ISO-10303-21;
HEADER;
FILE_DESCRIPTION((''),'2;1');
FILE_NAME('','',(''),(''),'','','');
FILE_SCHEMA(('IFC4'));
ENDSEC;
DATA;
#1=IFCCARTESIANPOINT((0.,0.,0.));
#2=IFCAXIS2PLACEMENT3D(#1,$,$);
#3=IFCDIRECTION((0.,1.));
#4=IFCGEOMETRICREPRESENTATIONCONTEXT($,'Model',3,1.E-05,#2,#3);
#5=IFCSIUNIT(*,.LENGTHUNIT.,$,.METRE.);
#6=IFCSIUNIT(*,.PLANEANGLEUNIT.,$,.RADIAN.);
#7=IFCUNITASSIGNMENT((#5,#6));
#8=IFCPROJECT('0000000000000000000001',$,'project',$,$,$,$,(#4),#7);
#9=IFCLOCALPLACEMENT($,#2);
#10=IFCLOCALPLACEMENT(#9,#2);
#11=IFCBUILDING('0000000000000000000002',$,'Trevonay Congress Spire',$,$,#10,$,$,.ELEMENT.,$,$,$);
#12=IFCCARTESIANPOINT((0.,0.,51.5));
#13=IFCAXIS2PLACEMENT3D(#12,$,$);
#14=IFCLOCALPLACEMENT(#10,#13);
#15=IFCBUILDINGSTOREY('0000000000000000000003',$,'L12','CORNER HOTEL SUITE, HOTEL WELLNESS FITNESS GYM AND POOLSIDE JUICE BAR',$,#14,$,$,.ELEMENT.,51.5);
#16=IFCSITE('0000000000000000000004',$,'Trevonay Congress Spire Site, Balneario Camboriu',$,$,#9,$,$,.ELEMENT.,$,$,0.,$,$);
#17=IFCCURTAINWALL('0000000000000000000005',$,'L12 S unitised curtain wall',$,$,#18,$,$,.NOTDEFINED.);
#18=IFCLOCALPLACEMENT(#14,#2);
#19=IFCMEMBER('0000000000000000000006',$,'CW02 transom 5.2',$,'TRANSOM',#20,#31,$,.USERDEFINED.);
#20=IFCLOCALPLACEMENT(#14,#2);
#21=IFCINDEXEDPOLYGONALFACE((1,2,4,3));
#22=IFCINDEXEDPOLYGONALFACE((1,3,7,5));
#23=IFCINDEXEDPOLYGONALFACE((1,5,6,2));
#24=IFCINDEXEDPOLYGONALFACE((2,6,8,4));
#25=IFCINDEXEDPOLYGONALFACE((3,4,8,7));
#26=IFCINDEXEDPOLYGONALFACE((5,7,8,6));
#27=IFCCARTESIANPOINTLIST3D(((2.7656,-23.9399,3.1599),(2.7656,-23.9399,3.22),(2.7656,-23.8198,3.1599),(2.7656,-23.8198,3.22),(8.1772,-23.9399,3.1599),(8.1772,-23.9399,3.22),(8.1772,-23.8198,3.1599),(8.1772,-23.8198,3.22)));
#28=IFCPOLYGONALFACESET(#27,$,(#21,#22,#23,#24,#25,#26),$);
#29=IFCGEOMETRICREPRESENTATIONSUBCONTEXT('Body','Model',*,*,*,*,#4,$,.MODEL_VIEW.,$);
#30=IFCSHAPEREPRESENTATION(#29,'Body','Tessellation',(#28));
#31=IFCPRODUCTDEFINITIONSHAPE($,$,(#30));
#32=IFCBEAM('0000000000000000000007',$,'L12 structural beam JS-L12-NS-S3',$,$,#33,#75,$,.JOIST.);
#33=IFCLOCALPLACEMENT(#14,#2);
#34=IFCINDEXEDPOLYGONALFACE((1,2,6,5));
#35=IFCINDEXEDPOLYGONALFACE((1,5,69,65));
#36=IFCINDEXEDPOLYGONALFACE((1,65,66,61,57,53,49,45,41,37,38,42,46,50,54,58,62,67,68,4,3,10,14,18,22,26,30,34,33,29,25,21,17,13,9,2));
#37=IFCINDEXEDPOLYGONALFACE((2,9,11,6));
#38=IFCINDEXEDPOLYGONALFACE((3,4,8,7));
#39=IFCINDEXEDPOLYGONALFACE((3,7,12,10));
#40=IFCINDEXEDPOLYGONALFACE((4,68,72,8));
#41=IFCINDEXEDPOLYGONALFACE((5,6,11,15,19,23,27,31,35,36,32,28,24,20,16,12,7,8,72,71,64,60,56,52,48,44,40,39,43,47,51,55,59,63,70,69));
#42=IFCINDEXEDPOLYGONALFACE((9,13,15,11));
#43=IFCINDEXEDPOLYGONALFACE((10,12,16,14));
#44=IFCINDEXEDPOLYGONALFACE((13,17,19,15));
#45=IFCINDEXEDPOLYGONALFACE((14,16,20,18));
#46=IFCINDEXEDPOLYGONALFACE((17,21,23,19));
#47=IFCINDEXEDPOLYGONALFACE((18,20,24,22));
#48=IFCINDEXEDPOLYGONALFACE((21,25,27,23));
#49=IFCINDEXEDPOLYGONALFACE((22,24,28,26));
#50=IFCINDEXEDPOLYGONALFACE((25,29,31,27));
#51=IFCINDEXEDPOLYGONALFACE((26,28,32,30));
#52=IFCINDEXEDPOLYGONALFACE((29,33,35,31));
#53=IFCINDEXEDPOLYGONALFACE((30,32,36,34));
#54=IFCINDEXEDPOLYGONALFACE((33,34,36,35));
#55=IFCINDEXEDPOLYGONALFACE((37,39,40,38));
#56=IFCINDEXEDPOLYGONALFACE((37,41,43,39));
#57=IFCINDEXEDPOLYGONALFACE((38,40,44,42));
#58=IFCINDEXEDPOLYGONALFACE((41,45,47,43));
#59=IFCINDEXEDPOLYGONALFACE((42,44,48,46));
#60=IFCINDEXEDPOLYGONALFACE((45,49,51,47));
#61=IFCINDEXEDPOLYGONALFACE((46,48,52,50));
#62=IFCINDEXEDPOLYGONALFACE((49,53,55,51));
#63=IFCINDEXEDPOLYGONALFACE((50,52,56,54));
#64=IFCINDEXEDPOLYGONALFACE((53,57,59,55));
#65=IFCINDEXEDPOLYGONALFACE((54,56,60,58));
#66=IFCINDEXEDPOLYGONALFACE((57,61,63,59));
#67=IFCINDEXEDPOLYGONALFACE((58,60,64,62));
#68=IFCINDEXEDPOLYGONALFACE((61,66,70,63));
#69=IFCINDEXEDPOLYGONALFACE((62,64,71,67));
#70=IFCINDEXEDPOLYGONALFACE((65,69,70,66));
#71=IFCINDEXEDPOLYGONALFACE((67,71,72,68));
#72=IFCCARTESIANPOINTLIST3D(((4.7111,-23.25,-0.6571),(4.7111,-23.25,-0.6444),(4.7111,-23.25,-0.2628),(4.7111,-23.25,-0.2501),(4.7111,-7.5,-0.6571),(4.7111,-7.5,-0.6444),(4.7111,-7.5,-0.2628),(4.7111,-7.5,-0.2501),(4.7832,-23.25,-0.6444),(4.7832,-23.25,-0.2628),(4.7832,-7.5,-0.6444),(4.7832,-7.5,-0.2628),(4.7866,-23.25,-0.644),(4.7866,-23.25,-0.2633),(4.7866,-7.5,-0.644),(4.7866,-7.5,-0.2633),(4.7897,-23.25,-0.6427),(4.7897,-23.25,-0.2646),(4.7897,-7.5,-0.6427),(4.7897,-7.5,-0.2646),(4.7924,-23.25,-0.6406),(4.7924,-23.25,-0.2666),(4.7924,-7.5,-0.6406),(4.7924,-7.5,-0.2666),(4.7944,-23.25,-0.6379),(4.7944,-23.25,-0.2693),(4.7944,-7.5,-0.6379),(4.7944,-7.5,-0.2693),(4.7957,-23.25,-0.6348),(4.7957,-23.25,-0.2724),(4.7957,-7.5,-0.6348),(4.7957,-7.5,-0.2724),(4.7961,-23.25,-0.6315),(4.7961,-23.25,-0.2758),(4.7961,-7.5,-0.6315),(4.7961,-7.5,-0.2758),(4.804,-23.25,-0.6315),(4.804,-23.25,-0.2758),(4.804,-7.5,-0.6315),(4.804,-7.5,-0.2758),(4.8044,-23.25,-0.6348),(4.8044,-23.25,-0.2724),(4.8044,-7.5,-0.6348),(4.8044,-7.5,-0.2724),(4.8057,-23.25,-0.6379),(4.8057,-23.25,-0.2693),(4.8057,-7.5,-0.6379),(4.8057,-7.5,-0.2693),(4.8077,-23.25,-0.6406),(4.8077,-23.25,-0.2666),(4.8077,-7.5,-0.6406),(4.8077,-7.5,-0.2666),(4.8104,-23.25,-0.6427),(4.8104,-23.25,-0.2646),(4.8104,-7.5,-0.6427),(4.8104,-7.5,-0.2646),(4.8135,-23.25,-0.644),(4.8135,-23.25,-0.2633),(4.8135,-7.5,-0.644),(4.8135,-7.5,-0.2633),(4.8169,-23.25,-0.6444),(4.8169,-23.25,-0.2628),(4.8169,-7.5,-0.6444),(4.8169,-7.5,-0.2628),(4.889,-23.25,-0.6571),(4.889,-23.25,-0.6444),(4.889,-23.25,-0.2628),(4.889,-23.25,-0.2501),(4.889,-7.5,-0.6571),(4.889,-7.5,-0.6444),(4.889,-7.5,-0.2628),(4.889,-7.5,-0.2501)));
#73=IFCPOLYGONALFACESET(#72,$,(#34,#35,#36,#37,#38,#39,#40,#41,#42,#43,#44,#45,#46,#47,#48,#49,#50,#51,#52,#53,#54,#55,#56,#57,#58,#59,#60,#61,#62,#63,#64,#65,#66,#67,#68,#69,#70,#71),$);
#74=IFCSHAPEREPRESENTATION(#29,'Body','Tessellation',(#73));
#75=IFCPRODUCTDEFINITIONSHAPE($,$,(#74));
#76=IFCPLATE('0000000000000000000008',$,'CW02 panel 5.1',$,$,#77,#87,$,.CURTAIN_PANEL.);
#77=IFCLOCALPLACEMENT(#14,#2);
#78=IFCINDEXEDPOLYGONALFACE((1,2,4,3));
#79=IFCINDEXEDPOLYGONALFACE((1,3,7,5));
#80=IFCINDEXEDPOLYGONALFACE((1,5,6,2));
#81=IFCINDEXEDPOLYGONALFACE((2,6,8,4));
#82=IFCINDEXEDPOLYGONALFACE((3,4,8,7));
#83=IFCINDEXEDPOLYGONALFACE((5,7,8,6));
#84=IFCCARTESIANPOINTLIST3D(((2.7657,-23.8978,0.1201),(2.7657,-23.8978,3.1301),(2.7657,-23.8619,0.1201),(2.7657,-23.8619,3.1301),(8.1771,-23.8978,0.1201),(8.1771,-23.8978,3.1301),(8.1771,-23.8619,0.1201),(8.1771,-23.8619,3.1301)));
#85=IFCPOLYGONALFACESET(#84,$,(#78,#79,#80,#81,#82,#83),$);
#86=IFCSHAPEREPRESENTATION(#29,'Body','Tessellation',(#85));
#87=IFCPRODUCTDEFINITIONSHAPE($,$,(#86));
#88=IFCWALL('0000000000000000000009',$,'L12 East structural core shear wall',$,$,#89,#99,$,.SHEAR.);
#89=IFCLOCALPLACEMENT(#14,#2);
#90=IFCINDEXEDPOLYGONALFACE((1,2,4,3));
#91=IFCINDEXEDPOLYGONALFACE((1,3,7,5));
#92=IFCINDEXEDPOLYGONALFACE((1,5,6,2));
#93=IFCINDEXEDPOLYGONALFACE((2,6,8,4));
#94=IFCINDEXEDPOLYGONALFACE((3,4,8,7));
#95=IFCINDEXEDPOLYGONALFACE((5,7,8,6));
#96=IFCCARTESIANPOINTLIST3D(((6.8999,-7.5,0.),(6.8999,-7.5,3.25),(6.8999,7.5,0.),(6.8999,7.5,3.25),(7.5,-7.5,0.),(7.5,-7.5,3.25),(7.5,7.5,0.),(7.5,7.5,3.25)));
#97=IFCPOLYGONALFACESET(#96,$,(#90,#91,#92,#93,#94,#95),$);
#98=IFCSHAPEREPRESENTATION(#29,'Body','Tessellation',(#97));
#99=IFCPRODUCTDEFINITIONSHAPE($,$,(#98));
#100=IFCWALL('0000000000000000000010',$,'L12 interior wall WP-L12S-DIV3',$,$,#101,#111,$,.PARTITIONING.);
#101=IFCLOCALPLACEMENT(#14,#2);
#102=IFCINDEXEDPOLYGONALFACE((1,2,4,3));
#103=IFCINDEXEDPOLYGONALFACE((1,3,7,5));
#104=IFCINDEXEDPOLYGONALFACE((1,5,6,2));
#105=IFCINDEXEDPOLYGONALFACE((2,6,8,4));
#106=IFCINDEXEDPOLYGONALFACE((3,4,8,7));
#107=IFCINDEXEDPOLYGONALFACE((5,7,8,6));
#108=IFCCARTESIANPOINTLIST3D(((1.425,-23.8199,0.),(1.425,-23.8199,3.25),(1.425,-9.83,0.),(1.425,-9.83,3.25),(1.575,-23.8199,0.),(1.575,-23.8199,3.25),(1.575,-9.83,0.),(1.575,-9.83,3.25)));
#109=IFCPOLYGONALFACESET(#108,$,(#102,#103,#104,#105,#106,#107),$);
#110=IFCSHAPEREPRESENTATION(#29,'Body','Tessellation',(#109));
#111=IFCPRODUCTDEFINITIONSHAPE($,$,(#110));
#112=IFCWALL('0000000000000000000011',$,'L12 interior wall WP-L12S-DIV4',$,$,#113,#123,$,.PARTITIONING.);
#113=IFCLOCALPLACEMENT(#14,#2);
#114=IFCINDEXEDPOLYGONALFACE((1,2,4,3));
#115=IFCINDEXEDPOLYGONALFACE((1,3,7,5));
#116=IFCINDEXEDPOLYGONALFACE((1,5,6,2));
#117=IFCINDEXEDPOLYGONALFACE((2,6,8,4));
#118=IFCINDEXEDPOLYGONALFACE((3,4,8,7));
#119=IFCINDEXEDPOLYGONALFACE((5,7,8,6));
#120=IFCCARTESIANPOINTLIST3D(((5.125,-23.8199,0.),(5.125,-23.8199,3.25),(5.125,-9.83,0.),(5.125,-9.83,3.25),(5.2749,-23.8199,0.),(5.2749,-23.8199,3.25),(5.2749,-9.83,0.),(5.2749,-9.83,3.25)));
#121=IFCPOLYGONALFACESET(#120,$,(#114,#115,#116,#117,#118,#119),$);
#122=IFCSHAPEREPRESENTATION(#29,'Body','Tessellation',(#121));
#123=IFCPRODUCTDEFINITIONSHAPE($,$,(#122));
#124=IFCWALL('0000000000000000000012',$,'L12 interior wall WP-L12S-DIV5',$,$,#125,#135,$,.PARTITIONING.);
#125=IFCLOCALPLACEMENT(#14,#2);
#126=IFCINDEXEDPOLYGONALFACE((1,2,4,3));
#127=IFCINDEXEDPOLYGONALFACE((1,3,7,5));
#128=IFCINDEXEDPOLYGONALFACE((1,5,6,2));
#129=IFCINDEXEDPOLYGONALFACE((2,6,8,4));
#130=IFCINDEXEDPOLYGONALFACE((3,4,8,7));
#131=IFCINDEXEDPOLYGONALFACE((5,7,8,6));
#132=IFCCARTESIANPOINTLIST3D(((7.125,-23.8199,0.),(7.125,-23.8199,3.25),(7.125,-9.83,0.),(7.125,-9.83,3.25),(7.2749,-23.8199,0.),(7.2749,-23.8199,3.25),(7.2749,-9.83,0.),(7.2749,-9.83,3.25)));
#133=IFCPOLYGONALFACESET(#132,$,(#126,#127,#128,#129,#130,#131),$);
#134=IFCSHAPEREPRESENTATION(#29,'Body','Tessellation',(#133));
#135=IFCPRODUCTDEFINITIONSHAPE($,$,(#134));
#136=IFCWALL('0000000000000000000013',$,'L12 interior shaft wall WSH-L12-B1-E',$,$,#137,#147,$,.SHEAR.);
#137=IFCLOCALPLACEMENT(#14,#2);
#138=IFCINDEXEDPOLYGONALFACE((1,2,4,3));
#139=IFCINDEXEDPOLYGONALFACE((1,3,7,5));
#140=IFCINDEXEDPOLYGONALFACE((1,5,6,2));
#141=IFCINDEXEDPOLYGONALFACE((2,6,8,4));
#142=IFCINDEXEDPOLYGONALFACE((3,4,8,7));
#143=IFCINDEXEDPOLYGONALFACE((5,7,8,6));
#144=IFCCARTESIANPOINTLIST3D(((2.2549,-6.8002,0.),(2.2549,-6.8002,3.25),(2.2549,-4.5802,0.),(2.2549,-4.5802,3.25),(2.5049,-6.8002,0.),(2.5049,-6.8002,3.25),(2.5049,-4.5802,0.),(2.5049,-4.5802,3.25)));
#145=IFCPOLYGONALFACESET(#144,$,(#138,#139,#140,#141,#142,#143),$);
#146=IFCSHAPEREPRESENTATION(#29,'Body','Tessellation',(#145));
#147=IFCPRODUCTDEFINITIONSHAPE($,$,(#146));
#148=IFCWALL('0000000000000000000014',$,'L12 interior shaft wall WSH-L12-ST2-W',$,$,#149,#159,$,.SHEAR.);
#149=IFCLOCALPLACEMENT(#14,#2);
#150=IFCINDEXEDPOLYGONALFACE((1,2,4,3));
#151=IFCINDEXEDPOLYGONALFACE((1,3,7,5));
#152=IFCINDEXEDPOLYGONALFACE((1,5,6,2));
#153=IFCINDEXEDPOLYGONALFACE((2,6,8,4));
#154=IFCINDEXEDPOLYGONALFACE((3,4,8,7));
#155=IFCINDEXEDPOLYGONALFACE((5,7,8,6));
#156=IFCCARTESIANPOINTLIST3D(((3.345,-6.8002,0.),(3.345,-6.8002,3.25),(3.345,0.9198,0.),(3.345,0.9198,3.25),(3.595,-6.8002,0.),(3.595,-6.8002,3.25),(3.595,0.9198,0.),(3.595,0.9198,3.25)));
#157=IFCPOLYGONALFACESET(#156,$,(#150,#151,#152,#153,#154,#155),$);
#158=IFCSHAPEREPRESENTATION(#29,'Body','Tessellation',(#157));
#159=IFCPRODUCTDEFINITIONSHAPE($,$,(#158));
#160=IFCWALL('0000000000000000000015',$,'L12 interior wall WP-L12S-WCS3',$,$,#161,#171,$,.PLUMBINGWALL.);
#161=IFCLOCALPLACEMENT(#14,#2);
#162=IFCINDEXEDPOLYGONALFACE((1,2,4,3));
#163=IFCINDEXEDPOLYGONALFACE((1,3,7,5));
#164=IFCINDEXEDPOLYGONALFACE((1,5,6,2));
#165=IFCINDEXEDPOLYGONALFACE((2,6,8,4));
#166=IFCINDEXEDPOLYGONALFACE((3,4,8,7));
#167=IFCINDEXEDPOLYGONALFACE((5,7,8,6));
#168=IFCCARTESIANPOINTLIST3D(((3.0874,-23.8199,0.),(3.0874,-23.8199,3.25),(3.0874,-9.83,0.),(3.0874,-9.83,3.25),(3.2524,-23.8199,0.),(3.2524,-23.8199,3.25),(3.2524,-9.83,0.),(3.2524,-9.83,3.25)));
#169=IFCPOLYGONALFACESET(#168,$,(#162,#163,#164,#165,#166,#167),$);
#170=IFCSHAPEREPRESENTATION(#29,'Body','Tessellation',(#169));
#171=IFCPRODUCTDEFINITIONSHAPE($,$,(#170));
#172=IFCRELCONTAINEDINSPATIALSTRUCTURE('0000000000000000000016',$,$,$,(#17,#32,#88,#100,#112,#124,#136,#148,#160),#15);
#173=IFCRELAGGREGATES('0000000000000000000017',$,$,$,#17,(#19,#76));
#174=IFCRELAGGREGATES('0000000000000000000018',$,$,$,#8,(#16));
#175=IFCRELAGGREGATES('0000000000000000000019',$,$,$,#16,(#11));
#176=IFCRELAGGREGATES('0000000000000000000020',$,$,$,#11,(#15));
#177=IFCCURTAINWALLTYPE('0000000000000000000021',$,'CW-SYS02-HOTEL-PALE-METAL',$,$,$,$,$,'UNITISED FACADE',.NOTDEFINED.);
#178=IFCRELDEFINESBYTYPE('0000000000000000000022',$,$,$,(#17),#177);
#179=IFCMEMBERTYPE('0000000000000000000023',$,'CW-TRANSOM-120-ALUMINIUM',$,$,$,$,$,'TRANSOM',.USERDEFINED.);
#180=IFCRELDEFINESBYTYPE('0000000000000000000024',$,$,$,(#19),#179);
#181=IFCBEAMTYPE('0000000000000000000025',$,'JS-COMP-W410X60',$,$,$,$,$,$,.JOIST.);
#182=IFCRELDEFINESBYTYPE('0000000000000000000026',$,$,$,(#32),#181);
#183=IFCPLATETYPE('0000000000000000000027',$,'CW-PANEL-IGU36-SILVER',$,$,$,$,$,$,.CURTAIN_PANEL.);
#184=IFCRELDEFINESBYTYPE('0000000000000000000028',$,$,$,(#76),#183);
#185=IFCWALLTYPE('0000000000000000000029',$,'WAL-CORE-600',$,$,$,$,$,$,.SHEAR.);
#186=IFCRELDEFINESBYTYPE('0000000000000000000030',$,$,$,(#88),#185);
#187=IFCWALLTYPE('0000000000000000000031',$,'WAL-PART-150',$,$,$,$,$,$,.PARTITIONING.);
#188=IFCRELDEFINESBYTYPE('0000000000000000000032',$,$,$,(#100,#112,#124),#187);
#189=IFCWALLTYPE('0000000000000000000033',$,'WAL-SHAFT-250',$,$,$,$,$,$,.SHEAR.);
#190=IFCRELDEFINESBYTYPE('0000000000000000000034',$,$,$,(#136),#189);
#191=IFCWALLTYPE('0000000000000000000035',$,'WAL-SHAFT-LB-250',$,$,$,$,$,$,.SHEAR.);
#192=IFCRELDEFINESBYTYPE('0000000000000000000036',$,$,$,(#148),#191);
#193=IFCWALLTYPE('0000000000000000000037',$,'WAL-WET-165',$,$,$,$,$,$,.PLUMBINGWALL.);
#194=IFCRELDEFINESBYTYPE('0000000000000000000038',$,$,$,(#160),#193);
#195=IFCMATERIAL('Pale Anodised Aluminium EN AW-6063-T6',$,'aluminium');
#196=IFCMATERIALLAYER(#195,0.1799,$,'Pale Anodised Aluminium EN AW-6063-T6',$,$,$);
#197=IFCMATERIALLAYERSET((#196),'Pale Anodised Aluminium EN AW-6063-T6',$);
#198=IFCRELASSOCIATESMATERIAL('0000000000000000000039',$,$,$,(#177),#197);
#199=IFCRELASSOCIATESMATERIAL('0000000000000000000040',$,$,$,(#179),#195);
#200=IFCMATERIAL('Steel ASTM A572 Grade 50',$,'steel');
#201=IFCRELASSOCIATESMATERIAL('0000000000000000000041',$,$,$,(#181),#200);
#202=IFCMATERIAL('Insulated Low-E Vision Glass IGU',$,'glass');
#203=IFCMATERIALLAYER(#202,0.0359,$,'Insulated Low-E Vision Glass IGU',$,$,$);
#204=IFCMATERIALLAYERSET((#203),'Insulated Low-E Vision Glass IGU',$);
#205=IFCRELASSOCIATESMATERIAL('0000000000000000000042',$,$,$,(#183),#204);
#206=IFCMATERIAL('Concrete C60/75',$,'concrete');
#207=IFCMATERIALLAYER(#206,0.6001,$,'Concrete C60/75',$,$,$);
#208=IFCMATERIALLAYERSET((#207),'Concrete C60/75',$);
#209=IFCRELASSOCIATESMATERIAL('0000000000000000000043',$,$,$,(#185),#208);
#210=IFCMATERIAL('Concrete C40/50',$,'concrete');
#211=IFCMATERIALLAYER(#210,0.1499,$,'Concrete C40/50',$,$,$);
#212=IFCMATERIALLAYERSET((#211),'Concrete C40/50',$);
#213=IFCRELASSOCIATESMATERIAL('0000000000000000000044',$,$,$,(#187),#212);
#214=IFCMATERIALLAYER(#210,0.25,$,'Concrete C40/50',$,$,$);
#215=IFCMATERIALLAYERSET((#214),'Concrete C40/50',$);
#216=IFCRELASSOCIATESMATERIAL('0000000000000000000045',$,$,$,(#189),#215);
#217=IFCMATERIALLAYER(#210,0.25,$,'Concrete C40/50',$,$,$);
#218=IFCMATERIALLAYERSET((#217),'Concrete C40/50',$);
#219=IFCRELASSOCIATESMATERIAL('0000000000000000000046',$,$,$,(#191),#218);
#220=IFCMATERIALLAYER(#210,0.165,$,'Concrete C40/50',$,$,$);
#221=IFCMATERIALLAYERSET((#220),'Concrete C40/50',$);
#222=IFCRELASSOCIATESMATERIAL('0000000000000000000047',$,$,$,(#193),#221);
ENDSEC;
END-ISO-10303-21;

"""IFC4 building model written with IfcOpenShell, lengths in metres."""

from ifc_helpers import new_model, si_unit, direction, frame, frame_2d, origin, origin_2d, place, context, subcontext, project, spatial, rectangle, i_section, extrude, material, layer, layer_set, material_profile, profile_set, type_object, element, aggregate, save


model = new_model("IFC4")

# Units and contexts
model_context = context("Model", 3, precision=1e-05, world=origin(), true_north=direction((0.0, 1.0)))
body_context = subcontext(model_context, "Body", "Model", "MODEL_VIEW")
ifc_project = project(units=[si_unit("LENGTHUNIT", "METRE"), si_unit("PLANEANGLEUNIT", "RADIAN")], contexts=[model_context])

# Site, building, storey
site_placement = place(None, origin())
site = spatial("IfcSite", under=ifc_project, at=site_placement, Name="Trevonay Congress Spire Site, Balneario Camboriu", CompositionType="ELEMENT", RefElevation=0.0)
building_placement = place(site_placement, origin())
building = spatial("IfcBuilding", under=site, at=building_placement, Name="Trevonay Congress Spire", CompositionType="ELEMENT")
storey_placement = place(building_placement, frame((0.0, 0.0, 51.5)))
storey = spatial("IfcBuildingStorey", under=building, at=storey_placement, Name="L12", Description="CORNER HOTEL SUITE, HOTEL WELLNESS FITNESS GYM AND POOLSIDE JUICE BAR", CompositionType="ELEMENT", Elevation=51.5)

# Shared definitions
ifc_material_1 = material(Name="Steel ASTM A572 Grade 50", Category="steel")

# Curtain wall, member
ifc_material_2 = material(Name="Pale Anodised Aluminium EN AW-6063-T6", Category="aluminium")
ifc_layer_1 = layer(ifc_material_2, 0.1799, Name="Pale Anodised Aluminium EN AW-6063-T6")
ifc_layer_set_1 = layer_set([ifc_layer_1], Name="Pale Anodised Aluminium EN AW-6063-T6")
curtain_wall_type = type_object("IfcCurtainWallType", Name="CW-SYS02-HOTEL-PALE-METAL", ElementType="UNITISED FACADE", PredefinedType="NOTDEFINED", material=ifc_layer_set_1)
curtain_wall_placement = place(storey_placement, origin())
curtain_wall = element("IfcCurtainWall", 1, at=curtain_wall_placement, inside=storey, type_object=curtain_wall_type, Name="L12 S unitised curtain wall", PredefinedType="NOTDEFINED")
ifc_material_profile_1 = material_profile(ifc_material_2, rectangle(XDim=0.1201, YDim=0.0601, at=origin_2d()), Name="CW-TRANSOM-120-ALUMINIUM")
ifc_profile_set_1 = profile_set([ifc_material_profile_1], Name="Pale Anodised Aluminium EN AW-6063-T6")
member_type_1 = type_object("IfcMemberType", Name="CW-TRANSOM-120-ALUMINIUM", ElementType="TRANSOM", PredefinedType="USERDEFINED", material=ifc_profile_set_1)
member_1_placement = place(storey_placement, frame((2.7656, -23.8799, 3.1899), z_axis=(1.0, 0.0, 0.0), x_axis=(0.0, 1.0, 0.0)))
member_1 = element("IfcMember", 2, at=member_1_placement, type_object=member_type_1, Name="CW02 transom 5.2", ObjectType="TRANSOM", PredefinedType="USERDEFINED", context=body_context, shape_type="SweptSolid", body=[
    extrude(rectangle(XDim=0.1201, YDim=0.0601, at=origin_2d()), origin(), (0.0, 0.0, 1.0), 5.4116),
])

# Beam
ifc_material_profile_2 = material_profile(ifc_material_1, i_section(OverallWidth=0.178, OverallDepth=0.407, WebThickness=0.0078, FlangeThickness=0.0127, FilletRadius=0.0129, at=origin_2d()), Name="W410x60")
ifc_profile_set_2 = profile_set([ifc_material_profile_2], Name="Steel ASTM A572 Grade 50")
beam_type_1 = type_object("IfcBeamType", Name="JS-COMP-W410X60", PredefinedType="JOIST", material=ifc_profile_set_2)
beam_1_placement = place(storey_placement, frame((4.8, -23.25, -0.4536), z_axis=(0.0, 1.0, 0.0), x_axis=(-1.0, 0.0, 0.0)))
element("IfcBeam", 3, at=beam_1_placement, inside=storey, type_object=beam_type_1, Name="L12 structural beam JS-L12-NS-S3", PredefinedType="JOIST", context=body_context, shape_type="SweptSolid", body=[
    extrude(i_section(OverallWidth=0.178, OverallDepth=0.407, WebThickness=0.0078, FlangeThickness=0.0127, FilletRadius=0.0129, at=origin_2d()), origin(), (0.0, 0.0, 1.0), 15.75),
])

# Plate
ifc_material_3 = material(Name="Insulated Low-E Vision Glass IGU", Category="glass")
ifc_layer_2 = layer(ifc_material_3, 0.0359, Name="Insulated Low-E Vision Glass IGU")
ifc_layer_set_2 = layer_set([ifc_layer_2], Name="Insulated Low-E Vision Glass IGU")
plate_type = type_object("IfcPlateType", Name="CW-PANEL-IGU36-SILVER", PredefinedType="CURTAIN_PANEL", material=ifc_layer_set_2)
plate_placement = place(storey_placement, frame((5.4714, -23.8799, 0.1201), z_axis=(0.0, 0.0, 1.0), x_axis=(1.0, 0.0, 0.0)))
plate = element("IfcPlate", 4, at=plate_placement, type_object=plate_type, Name="CW02 panel 5.1", PredefinedType="CURTAIN_PANEL", context=body_context, shape_type="SweptSolid", body=[
    extrude(rectangle(XDim=5.4114, YDim=0.0359, at=origin_2d()), origin(), (0.0, 0.0, 1.0), 3.01),
])
aggregate(curtain_wall, [member_1, plate])

# Walls
ifc_material_4 = material(Name="Concrete C60/75", Category="concrete")
ifc_layer_3 = layer(ifc_material_4, 0.6001, Name="Concrete C60/75")
ifc_layer_set_3 = layer_set([ifc_layer_3], Name="Concrete C60/75")
wall_type_1 = type_object("IfcWallType", Name="WAL-CORE-600", PredefinedType="SHEAR", material=ifc_layer_set_3)
wall_1_placement = place(storey_placement, frame((7.2, -7.5, 0.0), z_axis=(0.0, 0.0, 1.0), x_axis=(0.0, 1.0, 0.0)))
element("IfcWall", 5, at=wall_1_placement, inside=storey, type_object=wall_type_1, Name="L12 East structural core shear wall", PredefinedType="SHEAR", context=body_context, shape_type="SweptSolid", body=[
    extrude(rectangle(XDim=15.0, YDim=0.6001, at=frame_2d((7.5, 0.0))), origin(), (0.0, 0.0, 1.0), 3.25),
])
ifc_material_5 = material(Name="Concrete C40/50", Category="concrete")
ifc_layer_4 = layer(ifc_material_5, 0.1499, Name="Concrete C40/50")
ifc_layer_set_4 = layer_set([ifc_layer_4], Name="Concrete C40/50")
wall_type_2 = type_object("IfcWallType", Name="WAL-PART-150", PredefinedType="PARTITIONING", material=ifc_layer_set_4)
for number, where, z_axis, x_axis, name in (
    (6, (1.5, -23.8201, 0.0), (0.0, 0.0, 1.0), (0.0, 1.0, 0.0), "L12 interior wall WP-L12S-DIV3"),
    (7, (5.2, -23.8201, 0.0), (0.0, 0.0, 1.0), (0.0, 1.0, 0.0), "L12 interior wall WP-L12S-DIV4"),
    (8, (7.2, -23.8201, 0.0), (0.0, 0.0, 1.0), (0.0, 1.0, 0.0), "L12 interior wall WP-L12S-DIV5"),
):
    element("IfcWall", number, at=place(storey_placement, frame(where, z_axis=z_axis, x_axis=x_axis)), inside=storey, type_object=wall_type_2, Name=name, PredefinedType="PARTITIONING", context=body_context, shape_type="SweptSolid", body=[
        extrude(rectangle(XDim=13.99, YDim=0.1499, at=frame_2d((6.9951, 0.0))), origin(), (0.0, 0.0, 1.0), 3.25),
    ])
ifc_layer_5 = layer(ifc_material_5, 0.25, Name="Concrete C40/50")
ifc_layer_set_5 = layer_set([ifc_layer_5], Name="Concrete C40/50")
wall_type_3 = type_object("IfcWallType", Name="WAL-SHAFT-250", PredefinedType="SHEAR", material=ifc_layer_set_5)
wall_2_placement = place(storey_placement, frame((2.3799, -6.8, 0.0), z_axis=(0.0, 0.0, 1.0), x_axis=(0.0, 1.0, 0.0)))
element("IfcWall", 9, at=wall_2_placement, inside=storey, type_object=wall_type_3, Name="L12 interior shaft wall WSH-L12-B1-E", PredefinedType="SHEAR", context=body_context, shape_type="SweptSolid", body=[
    extrude(rectangle(XDim=2.22, YDim=0.25, at=frame_2d((1.1099, 0.0))), origin(), (0.0, 0.0, 1.0), 3.25),
])
ifc_layer_6 = layer(ifc_material_5, 0.25, Name="Concrete C40/50")
ifc_layer_set_6 = layer_set([ifc_layer_6], Name="Concrete C40/50")
wall_type_4 = type_object("IfcWallType", Name="WAL-SHAFT-LB-250", PredefinedType="SHEAR", material=ifc_layer_set_6)
wall_3_placement = place(storey_placement, frame((3.47, -6.8, 0.0), z_axis=(0.0, 0.0, 1.0), x_axis=(0.0, 1.0, 0.0)))
element("IfcWall", 10, at=wall_3_placement, inside=storey, type_object=wall_type_4, Name="L12 interior shaft wall WSH-L12-ST2-W", PredefinedType="SHEAR", context=body_context, shape_type="SweptSolid", body=[
    extrude(rectangle(XDim=7.72, YDim=0.25, at=frame_2d((3.8599, 0.0))), origin(), (0.0, 0.0, 1.0), 3.25),
])
ifc_layer_7 = layer(ifc_material_5, 0.165, Name="Concrete C40/50")
ifc_layer_set_7 = layer_set([ifc_layer_7], Name="Concrete C40/50")
wall_type_5 = type_object("IfcWallType", Name="WAL-WET-165", PredefinedType="PLUMBINGWALL", material=ifc_layer_set_7)
wall_4_placement = place(storey_placement, frame((3.1699, -23.8201, 0.0), z_axis=(0.0, 0.0, 1.0), x_axis=(0.0, 1.0, 0.0)))
element("IfcWall", 11, at=wall_4_placement, inside=storey, type_object=wall_type_5, Name="L12 interior wall WP-L12S-WCS3", PredefinedType="PLUMBINGWALL", context=body_context, shape_type="SweptSolid", body=[
    extrude(rectangle(XDim=13.99, YDim=0.165, at=frame_2d((6.9951, 0.0))), origin(), (0.0, 0.0, 1.0), 3.25),
])

save(model, "model.ifc")
